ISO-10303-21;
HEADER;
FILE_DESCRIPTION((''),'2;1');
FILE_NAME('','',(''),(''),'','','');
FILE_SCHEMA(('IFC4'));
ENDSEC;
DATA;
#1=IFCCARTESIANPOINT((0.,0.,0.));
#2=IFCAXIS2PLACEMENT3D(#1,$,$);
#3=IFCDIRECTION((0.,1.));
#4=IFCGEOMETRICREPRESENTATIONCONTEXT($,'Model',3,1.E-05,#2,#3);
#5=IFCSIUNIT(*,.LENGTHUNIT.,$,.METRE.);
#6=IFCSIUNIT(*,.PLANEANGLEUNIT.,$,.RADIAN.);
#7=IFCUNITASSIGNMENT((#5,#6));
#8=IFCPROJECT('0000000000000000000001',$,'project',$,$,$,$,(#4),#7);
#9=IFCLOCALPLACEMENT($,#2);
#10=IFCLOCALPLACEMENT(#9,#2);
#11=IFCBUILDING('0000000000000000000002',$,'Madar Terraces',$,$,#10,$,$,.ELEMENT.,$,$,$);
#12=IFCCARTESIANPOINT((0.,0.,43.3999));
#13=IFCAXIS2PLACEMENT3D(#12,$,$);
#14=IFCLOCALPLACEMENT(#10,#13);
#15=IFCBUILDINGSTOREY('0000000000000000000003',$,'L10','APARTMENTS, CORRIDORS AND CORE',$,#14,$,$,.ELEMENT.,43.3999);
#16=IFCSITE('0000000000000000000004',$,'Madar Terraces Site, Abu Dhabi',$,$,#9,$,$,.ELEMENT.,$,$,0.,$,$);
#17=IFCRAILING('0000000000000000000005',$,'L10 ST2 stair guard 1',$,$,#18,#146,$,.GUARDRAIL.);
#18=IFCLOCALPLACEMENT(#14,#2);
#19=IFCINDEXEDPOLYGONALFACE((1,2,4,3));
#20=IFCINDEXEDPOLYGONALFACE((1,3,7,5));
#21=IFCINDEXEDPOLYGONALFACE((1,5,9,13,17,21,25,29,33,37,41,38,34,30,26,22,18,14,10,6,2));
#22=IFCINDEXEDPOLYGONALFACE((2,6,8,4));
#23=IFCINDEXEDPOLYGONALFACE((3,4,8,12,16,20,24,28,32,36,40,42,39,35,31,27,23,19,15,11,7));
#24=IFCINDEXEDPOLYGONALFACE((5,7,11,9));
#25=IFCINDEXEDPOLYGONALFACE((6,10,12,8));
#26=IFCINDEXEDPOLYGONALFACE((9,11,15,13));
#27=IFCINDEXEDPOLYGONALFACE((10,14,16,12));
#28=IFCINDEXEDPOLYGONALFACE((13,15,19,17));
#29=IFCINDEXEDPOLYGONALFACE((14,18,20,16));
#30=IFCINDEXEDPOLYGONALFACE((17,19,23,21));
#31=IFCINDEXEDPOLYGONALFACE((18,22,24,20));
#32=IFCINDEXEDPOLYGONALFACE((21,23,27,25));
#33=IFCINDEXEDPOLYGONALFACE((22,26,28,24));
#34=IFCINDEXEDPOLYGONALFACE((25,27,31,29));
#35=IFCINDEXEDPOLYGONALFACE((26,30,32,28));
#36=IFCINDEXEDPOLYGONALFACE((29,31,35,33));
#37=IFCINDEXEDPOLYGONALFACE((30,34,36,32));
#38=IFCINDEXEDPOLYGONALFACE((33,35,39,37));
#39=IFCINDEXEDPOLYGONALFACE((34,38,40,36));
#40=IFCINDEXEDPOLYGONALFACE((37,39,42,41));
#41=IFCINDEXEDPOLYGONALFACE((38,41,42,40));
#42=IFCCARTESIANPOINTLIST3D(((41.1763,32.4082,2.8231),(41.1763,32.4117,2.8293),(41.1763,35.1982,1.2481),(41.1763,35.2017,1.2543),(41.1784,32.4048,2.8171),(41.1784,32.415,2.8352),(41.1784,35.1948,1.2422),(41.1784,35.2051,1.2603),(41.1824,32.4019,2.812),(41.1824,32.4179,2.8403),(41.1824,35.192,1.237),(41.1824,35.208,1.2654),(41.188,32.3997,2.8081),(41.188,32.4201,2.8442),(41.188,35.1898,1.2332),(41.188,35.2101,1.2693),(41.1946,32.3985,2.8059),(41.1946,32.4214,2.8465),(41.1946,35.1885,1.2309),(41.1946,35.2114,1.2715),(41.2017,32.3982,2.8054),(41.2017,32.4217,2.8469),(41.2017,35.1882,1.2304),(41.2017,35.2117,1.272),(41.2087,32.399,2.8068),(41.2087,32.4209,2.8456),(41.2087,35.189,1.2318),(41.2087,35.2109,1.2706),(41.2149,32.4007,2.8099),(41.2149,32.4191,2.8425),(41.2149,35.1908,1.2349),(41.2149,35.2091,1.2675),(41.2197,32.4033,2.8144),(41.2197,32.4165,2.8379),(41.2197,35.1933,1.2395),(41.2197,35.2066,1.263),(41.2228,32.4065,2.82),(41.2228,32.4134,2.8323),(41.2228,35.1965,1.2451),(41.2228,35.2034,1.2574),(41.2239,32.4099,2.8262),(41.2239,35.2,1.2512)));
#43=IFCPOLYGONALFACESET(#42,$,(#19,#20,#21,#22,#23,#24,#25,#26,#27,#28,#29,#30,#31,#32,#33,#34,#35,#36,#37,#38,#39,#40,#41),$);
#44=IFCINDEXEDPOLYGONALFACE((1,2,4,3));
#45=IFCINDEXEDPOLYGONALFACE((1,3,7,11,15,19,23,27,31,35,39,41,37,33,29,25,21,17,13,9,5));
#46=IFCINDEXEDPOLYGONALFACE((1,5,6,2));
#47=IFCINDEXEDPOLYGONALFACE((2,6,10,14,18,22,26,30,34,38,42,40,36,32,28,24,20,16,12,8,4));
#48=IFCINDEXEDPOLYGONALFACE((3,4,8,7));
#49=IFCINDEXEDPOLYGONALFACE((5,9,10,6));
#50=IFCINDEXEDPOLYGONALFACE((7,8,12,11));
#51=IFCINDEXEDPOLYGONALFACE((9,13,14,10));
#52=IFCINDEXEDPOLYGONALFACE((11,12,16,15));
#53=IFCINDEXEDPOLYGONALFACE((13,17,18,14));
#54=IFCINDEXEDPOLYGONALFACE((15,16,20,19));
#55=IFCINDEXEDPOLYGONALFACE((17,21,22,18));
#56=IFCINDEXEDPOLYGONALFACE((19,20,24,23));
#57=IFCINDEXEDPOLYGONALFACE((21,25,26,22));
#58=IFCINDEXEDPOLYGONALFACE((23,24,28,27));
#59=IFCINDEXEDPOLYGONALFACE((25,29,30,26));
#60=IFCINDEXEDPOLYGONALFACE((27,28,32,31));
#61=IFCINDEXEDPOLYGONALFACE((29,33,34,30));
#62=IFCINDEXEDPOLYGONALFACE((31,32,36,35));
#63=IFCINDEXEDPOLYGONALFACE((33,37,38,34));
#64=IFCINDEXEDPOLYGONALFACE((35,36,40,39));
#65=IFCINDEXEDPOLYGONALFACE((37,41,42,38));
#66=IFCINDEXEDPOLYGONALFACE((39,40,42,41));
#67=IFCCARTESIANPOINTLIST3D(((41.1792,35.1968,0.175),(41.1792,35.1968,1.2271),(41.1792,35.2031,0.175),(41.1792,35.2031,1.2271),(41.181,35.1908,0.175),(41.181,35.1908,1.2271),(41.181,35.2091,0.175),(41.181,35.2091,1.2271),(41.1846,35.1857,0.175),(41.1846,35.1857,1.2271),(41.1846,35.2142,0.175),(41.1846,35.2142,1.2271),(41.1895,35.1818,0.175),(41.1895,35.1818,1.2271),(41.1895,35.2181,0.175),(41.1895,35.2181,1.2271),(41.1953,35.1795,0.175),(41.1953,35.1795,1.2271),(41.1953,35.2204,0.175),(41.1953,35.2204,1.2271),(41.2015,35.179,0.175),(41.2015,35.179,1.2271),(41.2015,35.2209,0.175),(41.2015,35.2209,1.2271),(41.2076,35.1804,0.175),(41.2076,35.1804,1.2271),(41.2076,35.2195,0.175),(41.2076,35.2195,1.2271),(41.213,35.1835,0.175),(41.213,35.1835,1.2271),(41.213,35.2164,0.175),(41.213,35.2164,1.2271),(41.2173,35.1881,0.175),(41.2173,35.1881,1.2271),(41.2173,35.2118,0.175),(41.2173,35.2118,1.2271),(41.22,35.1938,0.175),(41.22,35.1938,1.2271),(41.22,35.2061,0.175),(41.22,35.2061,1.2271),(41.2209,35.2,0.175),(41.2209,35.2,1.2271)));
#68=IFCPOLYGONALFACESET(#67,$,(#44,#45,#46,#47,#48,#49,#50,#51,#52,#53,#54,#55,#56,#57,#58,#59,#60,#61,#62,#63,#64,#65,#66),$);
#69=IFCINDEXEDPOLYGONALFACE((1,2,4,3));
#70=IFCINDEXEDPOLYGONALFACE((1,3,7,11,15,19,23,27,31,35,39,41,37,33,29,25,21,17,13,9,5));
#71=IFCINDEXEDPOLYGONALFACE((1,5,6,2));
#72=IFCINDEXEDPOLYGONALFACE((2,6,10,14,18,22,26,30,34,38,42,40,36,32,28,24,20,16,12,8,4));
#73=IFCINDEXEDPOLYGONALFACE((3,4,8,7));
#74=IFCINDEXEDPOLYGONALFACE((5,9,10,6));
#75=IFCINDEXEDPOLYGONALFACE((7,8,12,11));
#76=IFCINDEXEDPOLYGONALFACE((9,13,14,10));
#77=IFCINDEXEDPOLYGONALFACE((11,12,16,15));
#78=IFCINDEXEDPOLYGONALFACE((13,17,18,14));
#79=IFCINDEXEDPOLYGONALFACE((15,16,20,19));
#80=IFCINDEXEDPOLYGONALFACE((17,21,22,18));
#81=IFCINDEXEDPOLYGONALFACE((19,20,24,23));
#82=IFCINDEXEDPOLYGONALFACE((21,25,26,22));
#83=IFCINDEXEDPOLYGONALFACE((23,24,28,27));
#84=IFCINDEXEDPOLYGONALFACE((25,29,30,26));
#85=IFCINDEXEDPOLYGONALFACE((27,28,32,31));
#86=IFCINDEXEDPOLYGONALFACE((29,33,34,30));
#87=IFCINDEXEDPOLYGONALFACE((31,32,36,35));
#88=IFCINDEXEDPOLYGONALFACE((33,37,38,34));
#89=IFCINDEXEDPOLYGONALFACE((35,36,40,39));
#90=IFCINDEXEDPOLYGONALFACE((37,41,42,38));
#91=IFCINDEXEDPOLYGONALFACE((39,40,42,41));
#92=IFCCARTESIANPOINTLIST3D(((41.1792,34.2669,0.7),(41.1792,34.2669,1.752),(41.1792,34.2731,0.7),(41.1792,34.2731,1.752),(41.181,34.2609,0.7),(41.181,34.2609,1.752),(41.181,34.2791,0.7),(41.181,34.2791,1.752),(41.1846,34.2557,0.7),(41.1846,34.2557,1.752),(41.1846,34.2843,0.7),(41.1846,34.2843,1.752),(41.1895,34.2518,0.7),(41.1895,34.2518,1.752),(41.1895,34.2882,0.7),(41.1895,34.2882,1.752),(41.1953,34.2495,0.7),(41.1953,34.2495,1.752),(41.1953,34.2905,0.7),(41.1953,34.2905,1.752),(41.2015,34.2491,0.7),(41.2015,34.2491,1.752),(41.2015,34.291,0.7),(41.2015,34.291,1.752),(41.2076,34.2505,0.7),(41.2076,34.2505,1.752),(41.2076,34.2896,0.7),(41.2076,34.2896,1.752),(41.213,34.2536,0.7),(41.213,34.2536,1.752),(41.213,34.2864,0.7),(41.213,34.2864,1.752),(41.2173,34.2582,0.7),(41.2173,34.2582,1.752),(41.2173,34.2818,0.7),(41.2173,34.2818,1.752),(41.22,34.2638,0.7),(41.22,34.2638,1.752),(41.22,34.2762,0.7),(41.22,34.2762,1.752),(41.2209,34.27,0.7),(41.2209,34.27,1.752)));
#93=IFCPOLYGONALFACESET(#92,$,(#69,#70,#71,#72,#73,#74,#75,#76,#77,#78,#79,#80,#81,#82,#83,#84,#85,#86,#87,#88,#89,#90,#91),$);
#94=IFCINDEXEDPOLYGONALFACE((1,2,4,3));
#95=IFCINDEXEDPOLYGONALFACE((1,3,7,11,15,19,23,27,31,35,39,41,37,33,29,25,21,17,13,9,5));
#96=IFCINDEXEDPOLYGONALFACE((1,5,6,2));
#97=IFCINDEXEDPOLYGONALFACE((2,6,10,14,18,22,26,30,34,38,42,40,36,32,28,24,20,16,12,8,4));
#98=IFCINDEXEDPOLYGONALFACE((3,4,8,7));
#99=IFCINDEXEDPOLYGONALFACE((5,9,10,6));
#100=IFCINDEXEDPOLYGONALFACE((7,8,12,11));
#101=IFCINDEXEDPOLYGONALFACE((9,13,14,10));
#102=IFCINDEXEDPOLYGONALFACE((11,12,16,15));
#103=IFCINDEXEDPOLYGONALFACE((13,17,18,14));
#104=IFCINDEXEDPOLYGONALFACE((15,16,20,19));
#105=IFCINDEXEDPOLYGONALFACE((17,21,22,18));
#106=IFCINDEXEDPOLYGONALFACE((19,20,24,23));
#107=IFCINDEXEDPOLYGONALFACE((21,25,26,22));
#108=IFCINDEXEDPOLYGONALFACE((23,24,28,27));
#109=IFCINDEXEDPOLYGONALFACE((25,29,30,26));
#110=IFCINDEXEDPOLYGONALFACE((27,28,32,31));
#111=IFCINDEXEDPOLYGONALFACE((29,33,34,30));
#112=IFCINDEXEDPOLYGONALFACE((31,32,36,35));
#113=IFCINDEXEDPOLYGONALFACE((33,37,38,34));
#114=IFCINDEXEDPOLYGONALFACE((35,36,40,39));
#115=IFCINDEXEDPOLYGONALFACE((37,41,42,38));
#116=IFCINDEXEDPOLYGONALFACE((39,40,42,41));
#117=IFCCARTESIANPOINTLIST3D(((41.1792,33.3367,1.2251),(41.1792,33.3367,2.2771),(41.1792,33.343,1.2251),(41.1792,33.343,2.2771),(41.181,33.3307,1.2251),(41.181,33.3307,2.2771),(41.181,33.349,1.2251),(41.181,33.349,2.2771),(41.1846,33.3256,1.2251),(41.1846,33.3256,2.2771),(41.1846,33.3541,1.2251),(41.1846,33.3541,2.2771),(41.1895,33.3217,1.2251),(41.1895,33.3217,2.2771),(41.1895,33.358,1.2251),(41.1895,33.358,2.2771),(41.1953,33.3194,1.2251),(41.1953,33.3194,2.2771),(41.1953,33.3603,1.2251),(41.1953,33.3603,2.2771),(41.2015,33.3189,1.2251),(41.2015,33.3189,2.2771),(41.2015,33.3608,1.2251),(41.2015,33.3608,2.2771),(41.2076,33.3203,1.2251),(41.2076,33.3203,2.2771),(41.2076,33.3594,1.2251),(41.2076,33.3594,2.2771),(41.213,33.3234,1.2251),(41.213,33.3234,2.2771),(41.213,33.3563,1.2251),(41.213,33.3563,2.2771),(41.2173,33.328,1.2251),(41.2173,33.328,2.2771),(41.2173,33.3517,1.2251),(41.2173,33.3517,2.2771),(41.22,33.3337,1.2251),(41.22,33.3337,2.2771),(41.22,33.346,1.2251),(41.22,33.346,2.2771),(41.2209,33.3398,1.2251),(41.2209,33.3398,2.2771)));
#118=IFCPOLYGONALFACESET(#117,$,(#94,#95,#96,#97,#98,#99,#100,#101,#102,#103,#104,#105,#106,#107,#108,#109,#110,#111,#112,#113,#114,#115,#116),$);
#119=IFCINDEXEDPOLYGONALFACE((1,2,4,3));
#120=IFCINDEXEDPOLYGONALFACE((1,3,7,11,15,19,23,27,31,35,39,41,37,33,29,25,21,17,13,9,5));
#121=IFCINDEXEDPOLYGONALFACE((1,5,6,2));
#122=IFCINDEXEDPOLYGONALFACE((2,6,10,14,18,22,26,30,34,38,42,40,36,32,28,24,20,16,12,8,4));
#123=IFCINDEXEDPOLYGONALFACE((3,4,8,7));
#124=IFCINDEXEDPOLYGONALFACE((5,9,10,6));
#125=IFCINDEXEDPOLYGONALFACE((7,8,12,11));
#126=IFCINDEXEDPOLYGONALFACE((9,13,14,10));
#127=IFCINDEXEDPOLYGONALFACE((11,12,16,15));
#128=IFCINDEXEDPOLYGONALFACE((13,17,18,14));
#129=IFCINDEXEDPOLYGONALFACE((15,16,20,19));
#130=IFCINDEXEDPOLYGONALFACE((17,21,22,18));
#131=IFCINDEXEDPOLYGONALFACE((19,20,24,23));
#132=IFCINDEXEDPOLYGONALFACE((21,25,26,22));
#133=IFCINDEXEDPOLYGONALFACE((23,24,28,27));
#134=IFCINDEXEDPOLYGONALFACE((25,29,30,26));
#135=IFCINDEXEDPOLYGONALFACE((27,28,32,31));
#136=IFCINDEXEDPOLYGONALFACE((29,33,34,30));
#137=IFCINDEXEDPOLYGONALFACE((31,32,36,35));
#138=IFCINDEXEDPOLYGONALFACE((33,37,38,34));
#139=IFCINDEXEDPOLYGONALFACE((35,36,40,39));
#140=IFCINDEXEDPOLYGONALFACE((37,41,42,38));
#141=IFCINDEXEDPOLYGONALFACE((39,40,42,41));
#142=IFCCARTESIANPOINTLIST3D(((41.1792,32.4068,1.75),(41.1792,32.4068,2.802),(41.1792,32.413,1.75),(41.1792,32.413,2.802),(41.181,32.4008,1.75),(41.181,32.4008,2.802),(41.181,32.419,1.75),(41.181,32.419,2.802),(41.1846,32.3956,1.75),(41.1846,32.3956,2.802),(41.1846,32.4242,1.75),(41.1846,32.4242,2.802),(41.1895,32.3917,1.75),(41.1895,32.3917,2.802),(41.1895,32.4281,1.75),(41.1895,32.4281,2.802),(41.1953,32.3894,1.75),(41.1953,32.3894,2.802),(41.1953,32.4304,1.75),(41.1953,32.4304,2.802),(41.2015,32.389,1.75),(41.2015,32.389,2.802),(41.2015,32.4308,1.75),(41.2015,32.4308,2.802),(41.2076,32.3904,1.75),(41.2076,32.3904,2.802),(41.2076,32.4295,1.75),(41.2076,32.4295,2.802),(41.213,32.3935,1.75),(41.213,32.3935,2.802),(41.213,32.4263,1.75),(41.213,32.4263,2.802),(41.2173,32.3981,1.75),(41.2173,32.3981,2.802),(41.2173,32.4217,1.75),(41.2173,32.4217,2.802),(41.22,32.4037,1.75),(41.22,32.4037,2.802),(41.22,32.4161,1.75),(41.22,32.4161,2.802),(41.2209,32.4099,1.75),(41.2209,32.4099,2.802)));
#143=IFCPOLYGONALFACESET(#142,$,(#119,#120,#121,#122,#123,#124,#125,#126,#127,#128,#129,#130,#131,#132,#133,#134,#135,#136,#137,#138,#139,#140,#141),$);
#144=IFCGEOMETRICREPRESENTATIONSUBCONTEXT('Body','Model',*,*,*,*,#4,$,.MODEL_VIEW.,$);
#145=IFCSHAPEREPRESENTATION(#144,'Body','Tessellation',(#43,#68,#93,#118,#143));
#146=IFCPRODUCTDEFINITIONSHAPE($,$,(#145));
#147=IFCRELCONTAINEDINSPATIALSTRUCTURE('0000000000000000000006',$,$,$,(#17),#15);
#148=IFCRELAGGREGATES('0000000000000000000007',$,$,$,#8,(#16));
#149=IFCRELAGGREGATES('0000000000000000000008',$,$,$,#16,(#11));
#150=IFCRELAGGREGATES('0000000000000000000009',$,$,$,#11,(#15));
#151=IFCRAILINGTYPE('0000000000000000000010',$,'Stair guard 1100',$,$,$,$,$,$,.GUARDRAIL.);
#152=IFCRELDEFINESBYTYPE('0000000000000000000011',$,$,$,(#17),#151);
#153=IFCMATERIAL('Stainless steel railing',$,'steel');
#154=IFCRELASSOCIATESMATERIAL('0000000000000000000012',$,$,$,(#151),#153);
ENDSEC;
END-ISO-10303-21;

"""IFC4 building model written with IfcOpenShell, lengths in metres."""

from ifc_helpers import new_model, si_unit, direction, frame, origin, origin_2d, place, context, subcontext, project, spatial, circle, extrude, material, type_object, element, save


model = new_model("IFC4")

# Units and contexts
model_context = context("Model", 3, precision=1e-05, world=origin(), true_north=direction((0.0, 1.0)))
body_context = subcontext(model_context, "Body", "Model", "MODEL_VIEW")
ifc_project = project(units=[si_unit("LENGTHUNIT", "METRE"), si_unit("PLANEANGLEUNIT", "RADIAN")], contexts=[model_context])

# Site, building, storey
site_placement = place(None, origin())
site = spatial("IfcSite", under=ifc_project, at=site_placement, Name="Madar Terraces Site, Abu Dhabi", CompositionType="ELEMENT", RefElevation=0.0)
building_placement = place(site_placement, origin())
building = spatial("IfcBuilding", under=site, at=building_placement, Name="Madar Terraces", CompositionType="ELEMENT")
storey_placement = place(building_placement, frame((0.0, 0.0, 43.3999)))
storey = spatial("IfcBuildingStorey", under=building, at=storey_placement, Name="L10", Description="APARTMENTS, CORRIDORS AND CORE", CompositionType="ELEMENT", Elevation=43.3999)

# Railing
ifc_material_1 = material(Name="Stainless steel railing", Category="steel")
railing_type_1 = type_object("IfcRailingType", Name="Stair guard 1100", PredefinedType="GUARDRAIL", material=ifc_material_1)
railing_1_placement = place(storey_placement, frame((41.2, 35.2, 0.175)))
element("IfcRailing", 1, at=railing_1_placement, inside=storey, type_object=railing_type_1, Name="L10 ST2 stair guard 1", PredefinedType="GUARDRAIL", context=body_context, shape_type="SweptSolid", body=[
    extrude(circle(Radius=0.0239, at=origin_2d()), frame((0.0, 0.0, 1.0762), z_axis=(0.0, -0.870834, 0.491578), x_axis=(1.0, 0.0, 0.0)), (0.0, 0.0, 1.0), 3.2039),
    extrude(circle(Radius=0.021, at=origin_2d()), origin(), (0.0, 0.0, 1.0), 1.052),
    extrude(circle(Radius=0.021, at=origin_2d()), frame((0.0, -0.9299, 0.5249)), (0.0, 0.0, 1.0), 1.052),
    extrude(circle(Radius=0.021, at=origin_2d()), frame((0.0, -1.8601, 1.05)), (0.0, 0.0, 1.0), 1.052),
    extrude(circle(Radius=0.021, at=origin_2d()), frame((0.0, -2.79, 1.575)), (0.0, 0.0, 1.0), 1.052),
])

save(model, "model.ifc")
